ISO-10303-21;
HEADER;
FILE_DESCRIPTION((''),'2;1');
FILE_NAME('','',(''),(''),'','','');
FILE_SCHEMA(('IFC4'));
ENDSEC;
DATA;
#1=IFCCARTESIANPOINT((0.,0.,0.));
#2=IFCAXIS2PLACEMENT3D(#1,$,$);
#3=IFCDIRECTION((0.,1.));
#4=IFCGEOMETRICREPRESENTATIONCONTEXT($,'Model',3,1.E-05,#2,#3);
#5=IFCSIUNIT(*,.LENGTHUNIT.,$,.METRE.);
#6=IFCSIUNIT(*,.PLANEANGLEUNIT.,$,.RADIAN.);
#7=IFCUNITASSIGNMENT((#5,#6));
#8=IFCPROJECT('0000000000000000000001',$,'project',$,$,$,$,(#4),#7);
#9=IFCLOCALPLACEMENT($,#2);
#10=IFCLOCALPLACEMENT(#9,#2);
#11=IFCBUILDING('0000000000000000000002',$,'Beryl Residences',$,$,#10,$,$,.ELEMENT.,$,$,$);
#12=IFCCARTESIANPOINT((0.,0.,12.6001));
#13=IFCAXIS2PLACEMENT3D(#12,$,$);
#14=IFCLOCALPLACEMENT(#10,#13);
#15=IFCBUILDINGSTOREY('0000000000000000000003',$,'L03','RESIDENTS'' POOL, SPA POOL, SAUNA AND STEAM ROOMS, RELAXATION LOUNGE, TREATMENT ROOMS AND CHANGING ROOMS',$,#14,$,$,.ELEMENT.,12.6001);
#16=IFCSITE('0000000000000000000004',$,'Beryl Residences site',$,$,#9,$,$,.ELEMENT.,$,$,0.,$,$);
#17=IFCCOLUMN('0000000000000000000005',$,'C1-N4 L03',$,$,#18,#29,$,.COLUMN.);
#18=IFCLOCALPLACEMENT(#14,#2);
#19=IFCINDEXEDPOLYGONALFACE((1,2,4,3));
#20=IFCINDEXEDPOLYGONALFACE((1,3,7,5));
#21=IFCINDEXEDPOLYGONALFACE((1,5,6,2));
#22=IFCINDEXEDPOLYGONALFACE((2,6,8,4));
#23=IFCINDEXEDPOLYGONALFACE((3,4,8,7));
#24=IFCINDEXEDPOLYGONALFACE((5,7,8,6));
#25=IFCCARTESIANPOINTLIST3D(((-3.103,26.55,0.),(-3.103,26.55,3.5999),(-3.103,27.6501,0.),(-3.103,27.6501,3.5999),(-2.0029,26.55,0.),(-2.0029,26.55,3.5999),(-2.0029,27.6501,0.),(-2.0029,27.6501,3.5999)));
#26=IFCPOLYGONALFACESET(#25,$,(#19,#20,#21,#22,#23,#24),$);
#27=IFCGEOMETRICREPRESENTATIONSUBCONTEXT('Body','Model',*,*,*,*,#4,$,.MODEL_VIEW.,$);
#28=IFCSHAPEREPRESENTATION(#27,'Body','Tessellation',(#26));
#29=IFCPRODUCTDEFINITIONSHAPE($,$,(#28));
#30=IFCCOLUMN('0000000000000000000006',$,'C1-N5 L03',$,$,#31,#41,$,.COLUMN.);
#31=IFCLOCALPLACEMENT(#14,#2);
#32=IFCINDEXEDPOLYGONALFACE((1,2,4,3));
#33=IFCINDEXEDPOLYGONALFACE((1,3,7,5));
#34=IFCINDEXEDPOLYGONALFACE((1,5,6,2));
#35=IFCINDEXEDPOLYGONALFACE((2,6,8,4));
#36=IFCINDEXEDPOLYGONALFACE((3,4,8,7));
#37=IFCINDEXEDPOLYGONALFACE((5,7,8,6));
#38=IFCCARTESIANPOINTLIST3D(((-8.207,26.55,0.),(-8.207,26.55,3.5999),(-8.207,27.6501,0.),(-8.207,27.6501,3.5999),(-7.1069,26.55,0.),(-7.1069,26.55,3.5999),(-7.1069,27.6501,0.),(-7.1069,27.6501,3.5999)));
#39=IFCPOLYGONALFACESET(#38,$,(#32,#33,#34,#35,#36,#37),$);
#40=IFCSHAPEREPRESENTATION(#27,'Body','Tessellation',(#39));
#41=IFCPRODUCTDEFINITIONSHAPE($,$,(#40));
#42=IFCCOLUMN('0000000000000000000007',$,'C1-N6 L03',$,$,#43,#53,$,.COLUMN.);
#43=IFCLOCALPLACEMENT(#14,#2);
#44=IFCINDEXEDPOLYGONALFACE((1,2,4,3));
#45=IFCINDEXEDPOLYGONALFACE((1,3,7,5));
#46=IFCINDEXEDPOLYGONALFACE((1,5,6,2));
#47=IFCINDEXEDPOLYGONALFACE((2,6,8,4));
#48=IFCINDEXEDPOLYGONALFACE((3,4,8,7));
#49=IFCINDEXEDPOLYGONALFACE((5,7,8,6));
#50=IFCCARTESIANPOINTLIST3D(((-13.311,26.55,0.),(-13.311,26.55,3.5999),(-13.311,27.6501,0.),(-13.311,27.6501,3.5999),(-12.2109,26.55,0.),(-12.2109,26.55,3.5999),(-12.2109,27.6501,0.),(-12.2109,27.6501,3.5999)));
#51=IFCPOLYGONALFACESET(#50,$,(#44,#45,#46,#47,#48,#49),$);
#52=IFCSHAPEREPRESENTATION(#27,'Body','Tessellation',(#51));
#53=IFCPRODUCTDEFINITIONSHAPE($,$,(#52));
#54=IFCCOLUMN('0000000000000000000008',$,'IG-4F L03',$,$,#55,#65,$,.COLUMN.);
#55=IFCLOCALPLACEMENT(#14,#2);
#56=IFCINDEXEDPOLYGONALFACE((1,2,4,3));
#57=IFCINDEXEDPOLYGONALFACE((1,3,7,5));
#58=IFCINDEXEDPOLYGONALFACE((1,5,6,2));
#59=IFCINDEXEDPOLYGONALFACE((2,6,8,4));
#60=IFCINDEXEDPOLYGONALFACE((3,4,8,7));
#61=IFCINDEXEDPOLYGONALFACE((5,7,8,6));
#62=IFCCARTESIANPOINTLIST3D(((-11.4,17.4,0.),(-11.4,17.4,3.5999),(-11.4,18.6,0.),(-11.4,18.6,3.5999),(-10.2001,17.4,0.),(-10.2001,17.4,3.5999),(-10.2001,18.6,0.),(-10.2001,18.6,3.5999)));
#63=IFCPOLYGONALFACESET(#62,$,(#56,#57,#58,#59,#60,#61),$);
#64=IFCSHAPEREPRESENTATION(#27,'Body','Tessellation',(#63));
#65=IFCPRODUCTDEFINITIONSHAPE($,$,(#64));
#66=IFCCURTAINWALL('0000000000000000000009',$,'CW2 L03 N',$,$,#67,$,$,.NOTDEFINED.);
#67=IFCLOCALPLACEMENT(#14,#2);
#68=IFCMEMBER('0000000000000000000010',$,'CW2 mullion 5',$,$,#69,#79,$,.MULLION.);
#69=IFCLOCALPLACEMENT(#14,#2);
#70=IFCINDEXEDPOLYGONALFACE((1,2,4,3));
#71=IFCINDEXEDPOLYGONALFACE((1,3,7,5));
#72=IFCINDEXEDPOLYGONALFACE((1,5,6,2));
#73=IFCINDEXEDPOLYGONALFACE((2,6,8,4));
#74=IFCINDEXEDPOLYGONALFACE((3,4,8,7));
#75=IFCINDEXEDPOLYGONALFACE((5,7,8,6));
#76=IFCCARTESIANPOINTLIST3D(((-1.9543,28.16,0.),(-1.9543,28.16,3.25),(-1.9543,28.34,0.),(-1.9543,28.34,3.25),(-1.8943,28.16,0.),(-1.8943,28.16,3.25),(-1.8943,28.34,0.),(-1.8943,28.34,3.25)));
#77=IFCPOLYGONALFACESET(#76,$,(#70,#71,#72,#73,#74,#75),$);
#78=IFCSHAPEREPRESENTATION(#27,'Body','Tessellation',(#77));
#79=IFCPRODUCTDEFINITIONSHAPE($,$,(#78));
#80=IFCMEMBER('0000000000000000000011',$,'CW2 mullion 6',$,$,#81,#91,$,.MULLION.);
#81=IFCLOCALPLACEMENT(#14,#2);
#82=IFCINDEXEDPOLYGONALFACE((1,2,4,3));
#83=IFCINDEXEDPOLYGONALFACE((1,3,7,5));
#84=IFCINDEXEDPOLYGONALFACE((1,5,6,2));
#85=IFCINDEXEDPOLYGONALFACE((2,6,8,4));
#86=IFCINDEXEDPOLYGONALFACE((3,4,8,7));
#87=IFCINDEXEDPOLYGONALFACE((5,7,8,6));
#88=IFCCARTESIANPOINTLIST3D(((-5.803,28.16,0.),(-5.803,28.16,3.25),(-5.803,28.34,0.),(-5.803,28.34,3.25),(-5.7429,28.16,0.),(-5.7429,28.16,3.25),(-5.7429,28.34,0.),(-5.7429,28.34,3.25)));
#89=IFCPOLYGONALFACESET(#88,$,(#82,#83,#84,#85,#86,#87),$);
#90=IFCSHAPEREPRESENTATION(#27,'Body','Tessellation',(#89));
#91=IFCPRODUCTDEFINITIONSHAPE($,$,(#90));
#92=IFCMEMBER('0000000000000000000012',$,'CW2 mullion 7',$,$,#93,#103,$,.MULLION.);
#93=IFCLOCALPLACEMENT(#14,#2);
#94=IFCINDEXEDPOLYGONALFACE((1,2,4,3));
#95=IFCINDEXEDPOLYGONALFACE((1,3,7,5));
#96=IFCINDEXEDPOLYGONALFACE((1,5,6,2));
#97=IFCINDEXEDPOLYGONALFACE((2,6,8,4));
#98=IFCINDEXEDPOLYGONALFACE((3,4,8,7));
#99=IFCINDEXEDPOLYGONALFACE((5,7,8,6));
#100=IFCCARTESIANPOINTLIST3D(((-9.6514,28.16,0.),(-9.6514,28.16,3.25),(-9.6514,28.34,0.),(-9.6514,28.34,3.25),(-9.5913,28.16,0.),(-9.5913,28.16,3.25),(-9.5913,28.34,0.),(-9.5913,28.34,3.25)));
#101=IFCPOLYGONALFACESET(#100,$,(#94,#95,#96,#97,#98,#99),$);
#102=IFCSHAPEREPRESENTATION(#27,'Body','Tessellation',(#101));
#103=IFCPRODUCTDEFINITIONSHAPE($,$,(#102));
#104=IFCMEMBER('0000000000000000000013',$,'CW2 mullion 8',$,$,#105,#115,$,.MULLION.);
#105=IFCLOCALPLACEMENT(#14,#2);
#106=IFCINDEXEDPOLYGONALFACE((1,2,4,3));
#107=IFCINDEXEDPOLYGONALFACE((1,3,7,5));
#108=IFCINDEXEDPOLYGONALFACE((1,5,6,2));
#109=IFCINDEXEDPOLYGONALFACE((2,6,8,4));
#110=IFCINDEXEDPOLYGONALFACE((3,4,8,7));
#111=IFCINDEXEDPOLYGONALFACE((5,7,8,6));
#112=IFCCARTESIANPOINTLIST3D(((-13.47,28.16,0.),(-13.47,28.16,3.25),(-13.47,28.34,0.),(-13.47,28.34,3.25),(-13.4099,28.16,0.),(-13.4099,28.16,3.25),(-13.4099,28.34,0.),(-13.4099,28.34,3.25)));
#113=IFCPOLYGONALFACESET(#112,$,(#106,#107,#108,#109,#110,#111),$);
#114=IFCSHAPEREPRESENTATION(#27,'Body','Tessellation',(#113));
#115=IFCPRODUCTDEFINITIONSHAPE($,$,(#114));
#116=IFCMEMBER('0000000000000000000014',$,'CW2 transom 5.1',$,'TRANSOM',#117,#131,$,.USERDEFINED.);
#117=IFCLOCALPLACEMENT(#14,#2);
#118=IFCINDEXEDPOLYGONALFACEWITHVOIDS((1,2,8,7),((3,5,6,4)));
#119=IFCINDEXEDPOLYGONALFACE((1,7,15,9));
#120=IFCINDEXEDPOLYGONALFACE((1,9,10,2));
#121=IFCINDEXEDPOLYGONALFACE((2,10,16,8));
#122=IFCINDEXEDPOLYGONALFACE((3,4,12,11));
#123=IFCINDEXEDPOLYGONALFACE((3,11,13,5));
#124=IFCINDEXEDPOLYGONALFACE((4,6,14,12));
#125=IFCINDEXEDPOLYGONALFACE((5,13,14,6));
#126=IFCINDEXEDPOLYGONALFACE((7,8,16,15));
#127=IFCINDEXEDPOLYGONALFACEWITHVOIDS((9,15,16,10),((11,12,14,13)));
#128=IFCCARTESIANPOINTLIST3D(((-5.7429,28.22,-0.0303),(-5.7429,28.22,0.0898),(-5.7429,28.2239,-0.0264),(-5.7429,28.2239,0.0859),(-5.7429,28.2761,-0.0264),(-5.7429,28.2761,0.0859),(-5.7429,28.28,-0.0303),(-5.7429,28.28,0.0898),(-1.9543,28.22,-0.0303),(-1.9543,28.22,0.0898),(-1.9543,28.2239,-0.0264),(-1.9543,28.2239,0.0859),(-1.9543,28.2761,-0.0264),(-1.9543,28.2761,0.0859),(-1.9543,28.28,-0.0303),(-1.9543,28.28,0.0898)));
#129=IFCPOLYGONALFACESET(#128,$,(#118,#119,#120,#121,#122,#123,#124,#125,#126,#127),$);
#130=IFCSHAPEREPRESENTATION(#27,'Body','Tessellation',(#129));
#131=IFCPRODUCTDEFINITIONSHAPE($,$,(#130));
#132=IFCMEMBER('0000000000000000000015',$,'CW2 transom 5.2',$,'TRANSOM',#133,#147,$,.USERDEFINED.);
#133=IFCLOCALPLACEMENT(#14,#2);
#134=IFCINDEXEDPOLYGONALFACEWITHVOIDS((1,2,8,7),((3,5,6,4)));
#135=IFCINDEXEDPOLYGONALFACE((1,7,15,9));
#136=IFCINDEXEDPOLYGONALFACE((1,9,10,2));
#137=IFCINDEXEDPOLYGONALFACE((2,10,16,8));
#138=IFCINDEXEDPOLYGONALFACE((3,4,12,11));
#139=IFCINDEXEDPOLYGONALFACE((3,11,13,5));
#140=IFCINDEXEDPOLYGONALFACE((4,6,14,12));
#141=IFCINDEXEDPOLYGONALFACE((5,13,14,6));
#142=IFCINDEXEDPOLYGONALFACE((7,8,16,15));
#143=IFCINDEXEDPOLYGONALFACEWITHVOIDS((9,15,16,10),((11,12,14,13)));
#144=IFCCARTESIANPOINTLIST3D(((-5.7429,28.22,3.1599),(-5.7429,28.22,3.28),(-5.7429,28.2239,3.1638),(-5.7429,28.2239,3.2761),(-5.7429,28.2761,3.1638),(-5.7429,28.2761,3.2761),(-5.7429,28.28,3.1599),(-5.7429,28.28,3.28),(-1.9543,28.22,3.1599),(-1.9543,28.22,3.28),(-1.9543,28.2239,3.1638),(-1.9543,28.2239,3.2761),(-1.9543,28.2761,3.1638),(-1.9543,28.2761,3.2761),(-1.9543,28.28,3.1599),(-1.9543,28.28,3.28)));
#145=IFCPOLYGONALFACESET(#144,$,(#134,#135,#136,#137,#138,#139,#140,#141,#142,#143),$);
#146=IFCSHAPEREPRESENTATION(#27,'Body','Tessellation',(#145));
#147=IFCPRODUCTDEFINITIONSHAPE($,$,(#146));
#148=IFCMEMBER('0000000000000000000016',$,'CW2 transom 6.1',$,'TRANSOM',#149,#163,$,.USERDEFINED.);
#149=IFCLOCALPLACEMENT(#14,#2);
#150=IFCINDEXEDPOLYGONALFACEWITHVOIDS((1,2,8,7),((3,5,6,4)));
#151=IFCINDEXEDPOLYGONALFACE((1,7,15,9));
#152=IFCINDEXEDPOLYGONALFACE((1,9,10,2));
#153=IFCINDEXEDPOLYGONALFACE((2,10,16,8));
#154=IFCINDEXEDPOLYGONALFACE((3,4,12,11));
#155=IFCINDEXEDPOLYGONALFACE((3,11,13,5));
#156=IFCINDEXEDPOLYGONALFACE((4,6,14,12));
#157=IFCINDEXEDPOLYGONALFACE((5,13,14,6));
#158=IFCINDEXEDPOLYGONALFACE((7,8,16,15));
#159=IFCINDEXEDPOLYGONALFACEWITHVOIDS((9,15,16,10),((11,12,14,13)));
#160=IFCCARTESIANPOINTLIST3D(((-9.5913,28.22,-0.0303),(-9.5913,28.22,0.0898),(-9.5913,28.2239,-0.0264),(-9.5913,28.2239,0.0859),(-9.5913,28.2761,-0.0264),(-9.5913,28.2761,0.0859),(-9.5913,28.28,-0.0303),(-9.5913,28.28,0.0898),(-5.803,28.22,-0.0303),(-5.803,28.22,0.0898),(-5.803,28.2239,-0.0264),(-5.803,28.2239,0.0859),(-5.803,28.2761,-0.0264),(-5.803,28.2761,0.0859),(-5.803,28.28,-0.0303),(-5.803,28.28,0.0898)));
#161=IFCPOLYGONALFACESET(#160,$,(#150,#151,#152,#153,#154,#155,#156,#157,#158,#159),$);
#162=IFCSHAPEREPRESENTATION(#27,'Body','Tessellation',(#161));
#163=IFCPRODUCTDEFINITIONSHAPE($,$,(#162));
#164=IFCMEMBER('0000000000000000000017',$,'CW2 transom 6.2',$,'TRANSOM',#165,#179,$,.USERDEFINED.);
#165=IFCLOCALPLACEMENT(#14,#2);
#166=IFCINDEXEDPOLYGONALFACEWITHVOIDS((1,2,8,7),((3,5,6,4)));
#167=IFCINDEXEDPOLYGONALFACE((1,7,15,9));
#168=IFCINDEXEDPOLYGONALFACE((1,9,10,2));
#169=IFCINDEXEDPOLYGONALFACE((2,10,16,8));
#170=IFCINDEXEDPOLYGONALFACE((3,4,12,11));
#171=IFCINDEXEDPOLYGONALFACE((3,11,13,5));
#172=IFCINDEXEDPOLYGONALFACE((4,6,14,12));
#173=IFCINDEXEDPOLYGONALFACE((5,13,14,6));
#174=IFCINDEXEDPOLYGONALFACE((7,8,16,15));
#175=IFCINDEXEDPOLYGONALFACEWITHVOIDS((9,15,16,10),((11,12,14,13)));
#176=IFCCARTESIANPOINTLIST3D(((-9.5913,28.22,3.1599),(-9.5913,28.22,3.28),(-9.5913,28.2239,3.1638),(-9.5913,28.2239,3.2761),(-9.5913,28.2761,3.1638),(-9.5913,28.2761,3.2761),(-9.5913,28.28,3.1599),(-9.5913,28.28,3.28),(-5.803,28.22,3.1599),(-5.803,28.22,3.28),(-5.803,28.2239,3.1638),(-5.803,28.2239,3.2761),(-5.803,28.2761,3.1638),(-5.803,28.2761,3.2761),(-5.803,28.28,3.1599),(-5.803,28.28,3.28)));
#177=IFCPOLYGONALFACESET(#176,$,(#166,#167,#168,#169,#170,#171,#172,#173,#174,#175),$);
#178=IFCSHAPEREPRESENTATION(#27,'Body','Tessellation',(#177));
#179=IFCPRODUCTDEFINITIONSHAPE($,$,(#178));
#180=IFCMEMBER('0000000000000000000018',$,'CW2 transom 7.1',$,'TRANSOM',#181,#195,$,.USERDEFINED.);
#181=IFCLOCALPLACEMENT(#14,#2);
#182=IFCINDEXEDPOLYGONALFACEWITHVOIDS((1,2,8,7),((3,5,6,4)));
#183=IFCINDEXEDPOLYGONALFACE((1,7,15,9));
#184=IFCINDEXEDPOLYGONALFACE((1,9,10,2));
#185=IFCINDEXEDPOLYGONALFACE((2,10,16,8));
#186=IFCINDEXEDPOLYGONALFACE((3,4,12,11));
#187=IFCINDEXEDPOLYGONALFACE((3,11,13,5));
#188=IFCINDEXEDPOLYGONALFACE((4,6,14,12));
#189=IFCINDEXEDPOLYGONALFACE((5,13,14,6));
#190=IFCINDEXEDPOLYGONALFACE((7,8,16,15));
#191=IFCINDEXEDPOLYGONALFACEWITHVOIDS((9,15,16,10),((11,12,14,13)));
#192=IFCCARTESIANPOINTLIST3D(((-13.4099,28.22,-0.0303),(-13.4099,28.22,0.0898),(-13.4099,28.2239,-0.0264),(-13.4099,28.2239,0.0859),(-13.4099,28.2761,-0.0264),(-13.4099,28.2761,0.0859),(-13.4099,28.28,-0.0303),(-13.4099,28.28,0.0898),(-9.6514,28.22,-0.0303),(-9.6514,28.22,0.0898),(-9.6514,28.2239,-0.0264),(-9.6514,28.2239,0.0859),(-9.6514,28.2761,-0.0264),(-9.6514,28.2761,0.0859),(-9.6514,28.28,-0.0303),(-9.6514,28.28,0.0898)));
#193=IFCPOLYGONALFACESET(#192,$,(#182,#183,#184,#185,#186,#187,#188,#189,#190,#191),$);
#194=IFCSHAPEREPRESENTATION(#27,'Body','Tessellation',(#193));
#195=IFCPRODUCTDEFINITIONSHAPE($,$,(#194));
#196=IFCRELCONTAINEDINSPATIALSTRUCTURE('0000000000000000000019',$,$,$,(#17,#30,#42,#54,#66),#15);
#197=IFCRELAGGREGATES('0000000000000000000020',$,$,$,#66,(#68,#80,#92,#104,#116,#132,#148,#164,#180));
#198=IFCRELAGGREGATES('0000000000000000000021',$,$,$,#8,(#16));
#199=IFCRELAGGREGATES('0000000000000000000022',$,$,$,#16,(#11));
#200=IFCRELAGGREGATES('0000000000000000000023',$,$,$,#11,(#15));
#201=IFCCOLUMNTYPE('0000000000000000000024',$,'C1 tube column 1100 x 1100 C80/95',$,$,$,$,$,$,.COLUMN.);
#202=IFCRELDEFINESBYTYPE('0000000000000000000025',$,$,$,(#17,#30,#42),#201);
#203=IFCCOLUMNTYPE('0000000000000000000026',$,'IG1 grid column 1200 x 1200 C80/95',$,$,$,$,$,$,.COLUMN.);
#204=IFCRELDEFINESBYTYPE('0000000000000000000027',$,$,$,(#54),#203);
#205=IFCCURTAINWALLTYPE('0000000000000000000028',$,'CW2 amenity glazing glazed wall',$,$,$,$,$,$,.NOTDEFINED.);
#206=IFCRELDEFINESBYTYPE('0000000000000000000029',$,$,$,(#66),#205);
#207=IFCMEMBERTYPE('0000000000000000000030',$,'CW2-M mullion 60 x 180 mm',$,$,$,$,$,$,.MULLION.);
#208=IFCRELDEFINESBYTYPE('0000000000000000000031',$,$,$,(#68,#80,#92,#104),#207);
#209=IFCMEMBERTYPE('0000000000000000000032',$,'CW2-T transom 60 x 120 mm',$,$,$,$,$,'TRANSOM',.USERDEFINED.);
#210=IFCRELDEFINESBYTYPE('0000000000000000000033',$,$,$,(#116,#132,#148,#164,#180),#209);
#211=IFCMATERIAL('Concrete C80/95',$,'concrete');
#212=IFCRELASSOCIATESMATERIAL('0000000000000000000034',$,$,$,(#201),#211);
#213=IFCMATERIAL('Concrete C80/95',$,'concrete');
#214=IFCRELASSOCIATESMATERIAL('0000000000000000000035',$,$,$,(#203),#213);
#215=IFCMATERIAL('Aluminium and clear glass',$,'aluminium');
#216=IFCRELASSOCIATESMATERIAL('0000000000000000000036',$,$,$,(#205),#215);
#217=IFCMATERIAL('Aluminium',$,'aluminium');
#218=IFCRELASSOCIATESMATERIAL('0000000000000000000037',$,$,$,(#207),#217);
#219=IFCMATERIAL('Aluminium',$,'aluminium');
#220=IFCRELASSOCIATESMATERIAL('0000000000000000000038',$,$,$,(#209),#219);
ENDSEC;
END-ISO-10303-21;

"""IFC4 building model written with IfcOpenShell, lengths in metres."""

from ifc_helpers import new_model, si_unit, direction, frame, origin, origin_2d, place, context, subcontext, project, spatial, rectangle, hollow_rectangle, extrude, material, material_profile, profile_set, type_object, element, aggregate, save


model = new_model("IFC4")

# Units and contexts
model_context = context("Model", 3, precision=1e-05, world=origin(), true_north=direction((0.0, 1.0)))
body_context = subcontext(model_context, "Body", "Model", "MODEL_VIEW")
ifc_project = project(units=[si_unit("LENGTHUNIT", "METRE"), si_unit("PLANEANGLEUNIT", "RADIAN")], contexts=[model_context])

# Site, building, storey
site_placement = place(None, origin())
site = spatial("IfcSite", under=ifc_project, at=site_placement, Name="Beryl Residences site", CompositionType="ELEMENT", RefElevation=0.0)
building_placement = place(site_placement, origin())
building = spatial("IfcBuilding", under=site, at=building_placement, Name="Beryl Residences", CompositionType="ELEMENT")
storey_placement = place(building_placement, frame((0.0, 0.0, 12.6001)))
storey = spatial("IfcBuildingStorey", under=building, at=storey_placement, Name="L03", Description="RESIDENTS' POOL, SPA POOL, SAUNA AND STEAM ROOMS, RELAXATION LOUNGE, TREATMENT ROOMS AND CHANGING ROOMS", CompositionType="ELEMENT", Elevation=12.6001)

# Columns
ifc_material_1 = material(Name="Concrete C80/95", Category="concrete")
ifc_material_profile_1 = material_profile(ifc_material_1, rectangle(XDim=1.1001, YDim=1.1001, at=origin_2d()))
ifc_profile_set_1 = profile_set([ifc_material_profile_1], Name="Concrete C80/95")
column_type_1 = type_object("IfcColumnType", Name="C1 tube column 1100 x 1100 C80/95", PredefinedType="COLUMN", material=ifc_profile_set_1)
for number, where, z_axis, x_axis, name in (
    (1, (-2.553, 27.1001, 0.0), (0.0, 0.0, 1.0), (-1.0, 0.0, 0.0), "C1-N4 L03"),
    (2, (-7.657, 27.1001, 0.0), (0.0, 0.0, 1.0), (-1.0, 0.0, 0.0), "C1-N5 L03"),
    (3, (-12.761, 27.1001, 0.0), (0.0, 0.0, 1.0), (-1.0, 0.0, 0.0), "C1-N6 L03"),
):
    element("IfcColumn", number, at=place(storey_placement, frame(where, z_axis=z_axis, x_axis=x_axis)), inside=storey, type_object=column_type_1, Name=name, PredefinedType="COLUMN", context=body_context, shape_type="SweptSolid", body=[
        extrude(rectangle(XDim=1.1001, YDim=1.1001, at=origin_2d()), origin(), (0.0, 0.0, 1.0), 3.5999),
    ])
ifc_material_2 = material(Name="Concrete C80/95", Category="concrete")
ifc_material_profile_2 = material_profile(ifc_material_2, rectangle(XDim=1.2, YDim=1.2, at=origin_2d()))
ifc_profile_set_2 = profile_set([ifc_material_profile_2], Name="Concrete C80/95")
column_type_2 = type_object("IfcColumnType", Name="IG1 grid column 1200 x 1200 C80/95", PredefinedType="COLUMN", material=ifc_profile_set_2)
column_placement = place(storey_placement, frame((-10.8, 18.0, 0.0), z_axis=(0.0, 0.0, 1.0), x_axis=(1.0, 0.0, 0.0)))
element("IfcColumn", 4, at=column_placement, inside=storey, type_object=column_type_2, Name="IG-4F L03", PredefinedType="COLUMN", context=body_context, shape_type="SweptSolid", body=[
    extrude(rectangle(XDim=1.2, YDim=1.2, at=origin_2d()), origin(), (0.0, 0.0, 1.0), 3.5999),
])

# Curtain wall, members
ifc_material_3 = material(Name="Aluminium and clear glass", Category="aluminium")
curtain_wall_type = type_object("IfcCurtainWallType", Name="CW2 amenity glazing glazed wall", PredefinedType="NOTDEFINED", material=ifc_material_3)
curtain_wall_placement = place(storey_placement, origin())
curtain_wall = element("IfcCurtainWall", 5, at=curtain_wall_placement, inside=storey, type_object=curtain_wall_type, Name="CW2 L03 N", PredefinedType="NOTDEFINED")
ifc_material_4 = material(Name="Aluminium", Category="aluminium")
ifc_material_profile_3 = material_profile(ifc_material_4, rectangle(XDim=0.0601, YDim=0.1799, at=origin_2d()))
ifc_profile_set_3 = profile_set([ifc_material_profile_3], Name="Aluminium")
member_type_1 = type_object("IfcMemberType", Name="CW2-M mullion 60 x 180 mm", PredefinedType="MULLION", material=ifc_profile_set_3)
member_1_placement = place(storey_placement, frame((-1.9243, 28.25, 0.0), z_axis=(0.0, 0.0, 1.0), x_axis=(-1.0, 0.0, 0.0)))
member_1 = element("IfcMember", 6, at=member_1_placement, type_object=member_type_1, Name="CW2 mullion 5", PredefinedType="MULLION", context=body_context, shape_type="SweptSolid", body=[
    extrude(rectangle(XDim=0.0601, YDim=0.1799, at=origin_2d()), origin(), (0.0, 0.0, 1.0), 3.25),
])
member_2_placement = place(storey_placement, frame((-5.7729, 28.25, 0.0), z_axis=(0.0, 0.0, 1.0), x_axis=(-1.0, 0.0, 0.0)))
member_2 = element("IfcMember", 7, at=member_2_placement, type_object=member_type_1, Name="CW2 mullion 6", PredefinedType="MULLION", context=body_context, shape_type="SweptSolid", body=[
    extrude(rectangle(XDim=0.0601, YDim=0.1799, at=origin_2d()), origin(), (0.0, 0.0, 1.0), 3.25),
])
member_3_placement = place(storey_placement, frame((-9.6213, 28.25, 0.0), z_axis=(0.0, 0.0, 1.0), x_axis=(-1.0, 0.0, 0.0)))
member_3 = element("IfcMember", 8, at=member_3_placement, type_object=member_type_1, Name="CW2 mullion 7", PredefinedType="MULLION", context=body_context, shape_type="SweptSolid", body=[
    extrude(rectangle(XDim=0.0601, YDim=0.1799, at=origin_2d()), origin(), (0.0, 0.0, 1.0), 3.25),
])
member_4_placement = place(storey_placement, frame((-13.4399, 28.25, 0.0), z_axis=(0.0, 0.0, 1.0), x_axis=(-1.0, 0.0, 0.0)))
member_4 = element("IfcMember", 9, at=member_4_placement, type_object=member_type_1, Name="CW2 mullion 8", PredefinedType="MULLION", context=body_context, shape_type="SweptSolid", body=[
    extrude(rectangle(XDim=0.0601, YDim=0.1799, at=origin_2d()), origin(), (0.0, 0.0, 1.0), 3.25),
])
ifc_material_5 = material(Name="Aluminium", Category="aluminium")
ifc_material_profile_4 = material_profile(ifc_material_5, hollow_rectangle(XDim=0.0601, YDim=0.1201, WallThickness=0.0039, at=origin_2d()))
ifc_profile_set_4 = profile_set([ifc_material_profile_4], Name="Aluminium")
member_type_2 = type_object("IfcMemberType", Name="CW2-T transom 60 x 120 mm", ElementType="TRANSOM", PredefinedType="USERDEFINED", material=ifc_profile_set_4)
member_5_placement = place(storey_placement, frame((-1.9543, 28.25, 0.0298), z_axis=(-1.0, 0.0, 0.0), x_axis=(0.0, -1.0, 0.0)))
member_5 = element("IfcMember", 10, at=member_5_placement, type_object=member_type_2, Name="CW2 transom 5.1", ObjectType="TRANSOM", PredefinedType="USERDEFINED", context=body_context, shape_type="SweptSolid", body=[
    extrude(hollow_rectangle(XDim=0.0601, YDim=0.1201, WallThickness=0.0039, at=origin_2d()), origin(), (0.0, 0.0, 1.0), 3.7886),
])
member_6_placement = place(storey_placement, frame((-1.9543, 28.25, 3.22), z_axis=(-1.0, 0.0, 0.0), x_axis=(0.0, -1.0, 0.0)))
member_6 = element("IfcMember", 11, at=member_6_placement, type_object=member_type_2, Name="CW2 transom 5.2", ObjectType="TRANSOM", PredefinedType="USERDEFINED", context=body_context, shape_type="SweptSolid", body=[
    extrude(hollow_rectangle(XDim=0.0601, YDim=0.1201, WallThickness=0.0039, at=origin_2d()), origin(), (0.0, 0.0, 1.0), 3.7886),
])
member_7_placement = place(storey_placement, frame((-5.803, 28.25, 0.0298), z_axis=(-1.0, 0.0, 0.0), x_axis=(0.0, -1.0, 0.0)))
member_7 = element("IfcMember", 12, at=member_7_placement, type_object=member_type_2, Name="CW2 transom 6.1", ObjectType="TRANSOM", PredefinedType="USERDEFINED", context=body_context, shape_type="SweptSolid", body=[
    extrude(hollow_rectangle(XDim=0.0601, YDim=0.1201, WallThickness=0.0039, at=origin_2d()), origin(), (0.0, 0.0, 1.0), 3.7883),
])
member_8_placement = place(storey_placement, frame((-5.803, 28.25, 3.22), z_axis=(-1.0, 0.0, 0.0), x_axis=(0.0, -1.0, 0.0)))
member_8 = element("IfcMember", 13, at=member_8_placement, type_object=member_type_2, Name="CW2 transom 6.2", ObjectType="TRANSOM", PredefinedType="USERDEFINED", context=body_context, shape_type="SweptSolid", body=[
    extrude(hollow_rectangle(XDim=0.0601, YDim=0.1201, WallThickness=0.0039, at=origin_2d()), origin(), (0.0, 0.0, 1.0), 3.7883),
])
member_9_placement = place(storey_placement, frame((-9.6514, 28.25, 0.0298), z_axis=(-1.0, 0.0, 0.0), x_axis=(0.0, -1.0, 0.0)))
member_9 = element("IfcMember", 14, at=member_9_placement, type_object=member_type_2, Name="CW2 transom 7.1", ObjectType="TRANSOM", PredefinedType="USERDEFINED", context=body_context, shape_type="SweptSolid", body=[
    extrude(hollow_rectangle(XDim=0.0601, YDim=0.1201, WallThickness=0.0039, at=origin_2d()), origin(), (0.0, 0.0, 1.0), 3.7585),
])

aggregate(curtain_wall, [member_1, member_2, member_3, member_4, member_5, member_6, member_7, member_8, member_9])

save(model, "model.ifc")
